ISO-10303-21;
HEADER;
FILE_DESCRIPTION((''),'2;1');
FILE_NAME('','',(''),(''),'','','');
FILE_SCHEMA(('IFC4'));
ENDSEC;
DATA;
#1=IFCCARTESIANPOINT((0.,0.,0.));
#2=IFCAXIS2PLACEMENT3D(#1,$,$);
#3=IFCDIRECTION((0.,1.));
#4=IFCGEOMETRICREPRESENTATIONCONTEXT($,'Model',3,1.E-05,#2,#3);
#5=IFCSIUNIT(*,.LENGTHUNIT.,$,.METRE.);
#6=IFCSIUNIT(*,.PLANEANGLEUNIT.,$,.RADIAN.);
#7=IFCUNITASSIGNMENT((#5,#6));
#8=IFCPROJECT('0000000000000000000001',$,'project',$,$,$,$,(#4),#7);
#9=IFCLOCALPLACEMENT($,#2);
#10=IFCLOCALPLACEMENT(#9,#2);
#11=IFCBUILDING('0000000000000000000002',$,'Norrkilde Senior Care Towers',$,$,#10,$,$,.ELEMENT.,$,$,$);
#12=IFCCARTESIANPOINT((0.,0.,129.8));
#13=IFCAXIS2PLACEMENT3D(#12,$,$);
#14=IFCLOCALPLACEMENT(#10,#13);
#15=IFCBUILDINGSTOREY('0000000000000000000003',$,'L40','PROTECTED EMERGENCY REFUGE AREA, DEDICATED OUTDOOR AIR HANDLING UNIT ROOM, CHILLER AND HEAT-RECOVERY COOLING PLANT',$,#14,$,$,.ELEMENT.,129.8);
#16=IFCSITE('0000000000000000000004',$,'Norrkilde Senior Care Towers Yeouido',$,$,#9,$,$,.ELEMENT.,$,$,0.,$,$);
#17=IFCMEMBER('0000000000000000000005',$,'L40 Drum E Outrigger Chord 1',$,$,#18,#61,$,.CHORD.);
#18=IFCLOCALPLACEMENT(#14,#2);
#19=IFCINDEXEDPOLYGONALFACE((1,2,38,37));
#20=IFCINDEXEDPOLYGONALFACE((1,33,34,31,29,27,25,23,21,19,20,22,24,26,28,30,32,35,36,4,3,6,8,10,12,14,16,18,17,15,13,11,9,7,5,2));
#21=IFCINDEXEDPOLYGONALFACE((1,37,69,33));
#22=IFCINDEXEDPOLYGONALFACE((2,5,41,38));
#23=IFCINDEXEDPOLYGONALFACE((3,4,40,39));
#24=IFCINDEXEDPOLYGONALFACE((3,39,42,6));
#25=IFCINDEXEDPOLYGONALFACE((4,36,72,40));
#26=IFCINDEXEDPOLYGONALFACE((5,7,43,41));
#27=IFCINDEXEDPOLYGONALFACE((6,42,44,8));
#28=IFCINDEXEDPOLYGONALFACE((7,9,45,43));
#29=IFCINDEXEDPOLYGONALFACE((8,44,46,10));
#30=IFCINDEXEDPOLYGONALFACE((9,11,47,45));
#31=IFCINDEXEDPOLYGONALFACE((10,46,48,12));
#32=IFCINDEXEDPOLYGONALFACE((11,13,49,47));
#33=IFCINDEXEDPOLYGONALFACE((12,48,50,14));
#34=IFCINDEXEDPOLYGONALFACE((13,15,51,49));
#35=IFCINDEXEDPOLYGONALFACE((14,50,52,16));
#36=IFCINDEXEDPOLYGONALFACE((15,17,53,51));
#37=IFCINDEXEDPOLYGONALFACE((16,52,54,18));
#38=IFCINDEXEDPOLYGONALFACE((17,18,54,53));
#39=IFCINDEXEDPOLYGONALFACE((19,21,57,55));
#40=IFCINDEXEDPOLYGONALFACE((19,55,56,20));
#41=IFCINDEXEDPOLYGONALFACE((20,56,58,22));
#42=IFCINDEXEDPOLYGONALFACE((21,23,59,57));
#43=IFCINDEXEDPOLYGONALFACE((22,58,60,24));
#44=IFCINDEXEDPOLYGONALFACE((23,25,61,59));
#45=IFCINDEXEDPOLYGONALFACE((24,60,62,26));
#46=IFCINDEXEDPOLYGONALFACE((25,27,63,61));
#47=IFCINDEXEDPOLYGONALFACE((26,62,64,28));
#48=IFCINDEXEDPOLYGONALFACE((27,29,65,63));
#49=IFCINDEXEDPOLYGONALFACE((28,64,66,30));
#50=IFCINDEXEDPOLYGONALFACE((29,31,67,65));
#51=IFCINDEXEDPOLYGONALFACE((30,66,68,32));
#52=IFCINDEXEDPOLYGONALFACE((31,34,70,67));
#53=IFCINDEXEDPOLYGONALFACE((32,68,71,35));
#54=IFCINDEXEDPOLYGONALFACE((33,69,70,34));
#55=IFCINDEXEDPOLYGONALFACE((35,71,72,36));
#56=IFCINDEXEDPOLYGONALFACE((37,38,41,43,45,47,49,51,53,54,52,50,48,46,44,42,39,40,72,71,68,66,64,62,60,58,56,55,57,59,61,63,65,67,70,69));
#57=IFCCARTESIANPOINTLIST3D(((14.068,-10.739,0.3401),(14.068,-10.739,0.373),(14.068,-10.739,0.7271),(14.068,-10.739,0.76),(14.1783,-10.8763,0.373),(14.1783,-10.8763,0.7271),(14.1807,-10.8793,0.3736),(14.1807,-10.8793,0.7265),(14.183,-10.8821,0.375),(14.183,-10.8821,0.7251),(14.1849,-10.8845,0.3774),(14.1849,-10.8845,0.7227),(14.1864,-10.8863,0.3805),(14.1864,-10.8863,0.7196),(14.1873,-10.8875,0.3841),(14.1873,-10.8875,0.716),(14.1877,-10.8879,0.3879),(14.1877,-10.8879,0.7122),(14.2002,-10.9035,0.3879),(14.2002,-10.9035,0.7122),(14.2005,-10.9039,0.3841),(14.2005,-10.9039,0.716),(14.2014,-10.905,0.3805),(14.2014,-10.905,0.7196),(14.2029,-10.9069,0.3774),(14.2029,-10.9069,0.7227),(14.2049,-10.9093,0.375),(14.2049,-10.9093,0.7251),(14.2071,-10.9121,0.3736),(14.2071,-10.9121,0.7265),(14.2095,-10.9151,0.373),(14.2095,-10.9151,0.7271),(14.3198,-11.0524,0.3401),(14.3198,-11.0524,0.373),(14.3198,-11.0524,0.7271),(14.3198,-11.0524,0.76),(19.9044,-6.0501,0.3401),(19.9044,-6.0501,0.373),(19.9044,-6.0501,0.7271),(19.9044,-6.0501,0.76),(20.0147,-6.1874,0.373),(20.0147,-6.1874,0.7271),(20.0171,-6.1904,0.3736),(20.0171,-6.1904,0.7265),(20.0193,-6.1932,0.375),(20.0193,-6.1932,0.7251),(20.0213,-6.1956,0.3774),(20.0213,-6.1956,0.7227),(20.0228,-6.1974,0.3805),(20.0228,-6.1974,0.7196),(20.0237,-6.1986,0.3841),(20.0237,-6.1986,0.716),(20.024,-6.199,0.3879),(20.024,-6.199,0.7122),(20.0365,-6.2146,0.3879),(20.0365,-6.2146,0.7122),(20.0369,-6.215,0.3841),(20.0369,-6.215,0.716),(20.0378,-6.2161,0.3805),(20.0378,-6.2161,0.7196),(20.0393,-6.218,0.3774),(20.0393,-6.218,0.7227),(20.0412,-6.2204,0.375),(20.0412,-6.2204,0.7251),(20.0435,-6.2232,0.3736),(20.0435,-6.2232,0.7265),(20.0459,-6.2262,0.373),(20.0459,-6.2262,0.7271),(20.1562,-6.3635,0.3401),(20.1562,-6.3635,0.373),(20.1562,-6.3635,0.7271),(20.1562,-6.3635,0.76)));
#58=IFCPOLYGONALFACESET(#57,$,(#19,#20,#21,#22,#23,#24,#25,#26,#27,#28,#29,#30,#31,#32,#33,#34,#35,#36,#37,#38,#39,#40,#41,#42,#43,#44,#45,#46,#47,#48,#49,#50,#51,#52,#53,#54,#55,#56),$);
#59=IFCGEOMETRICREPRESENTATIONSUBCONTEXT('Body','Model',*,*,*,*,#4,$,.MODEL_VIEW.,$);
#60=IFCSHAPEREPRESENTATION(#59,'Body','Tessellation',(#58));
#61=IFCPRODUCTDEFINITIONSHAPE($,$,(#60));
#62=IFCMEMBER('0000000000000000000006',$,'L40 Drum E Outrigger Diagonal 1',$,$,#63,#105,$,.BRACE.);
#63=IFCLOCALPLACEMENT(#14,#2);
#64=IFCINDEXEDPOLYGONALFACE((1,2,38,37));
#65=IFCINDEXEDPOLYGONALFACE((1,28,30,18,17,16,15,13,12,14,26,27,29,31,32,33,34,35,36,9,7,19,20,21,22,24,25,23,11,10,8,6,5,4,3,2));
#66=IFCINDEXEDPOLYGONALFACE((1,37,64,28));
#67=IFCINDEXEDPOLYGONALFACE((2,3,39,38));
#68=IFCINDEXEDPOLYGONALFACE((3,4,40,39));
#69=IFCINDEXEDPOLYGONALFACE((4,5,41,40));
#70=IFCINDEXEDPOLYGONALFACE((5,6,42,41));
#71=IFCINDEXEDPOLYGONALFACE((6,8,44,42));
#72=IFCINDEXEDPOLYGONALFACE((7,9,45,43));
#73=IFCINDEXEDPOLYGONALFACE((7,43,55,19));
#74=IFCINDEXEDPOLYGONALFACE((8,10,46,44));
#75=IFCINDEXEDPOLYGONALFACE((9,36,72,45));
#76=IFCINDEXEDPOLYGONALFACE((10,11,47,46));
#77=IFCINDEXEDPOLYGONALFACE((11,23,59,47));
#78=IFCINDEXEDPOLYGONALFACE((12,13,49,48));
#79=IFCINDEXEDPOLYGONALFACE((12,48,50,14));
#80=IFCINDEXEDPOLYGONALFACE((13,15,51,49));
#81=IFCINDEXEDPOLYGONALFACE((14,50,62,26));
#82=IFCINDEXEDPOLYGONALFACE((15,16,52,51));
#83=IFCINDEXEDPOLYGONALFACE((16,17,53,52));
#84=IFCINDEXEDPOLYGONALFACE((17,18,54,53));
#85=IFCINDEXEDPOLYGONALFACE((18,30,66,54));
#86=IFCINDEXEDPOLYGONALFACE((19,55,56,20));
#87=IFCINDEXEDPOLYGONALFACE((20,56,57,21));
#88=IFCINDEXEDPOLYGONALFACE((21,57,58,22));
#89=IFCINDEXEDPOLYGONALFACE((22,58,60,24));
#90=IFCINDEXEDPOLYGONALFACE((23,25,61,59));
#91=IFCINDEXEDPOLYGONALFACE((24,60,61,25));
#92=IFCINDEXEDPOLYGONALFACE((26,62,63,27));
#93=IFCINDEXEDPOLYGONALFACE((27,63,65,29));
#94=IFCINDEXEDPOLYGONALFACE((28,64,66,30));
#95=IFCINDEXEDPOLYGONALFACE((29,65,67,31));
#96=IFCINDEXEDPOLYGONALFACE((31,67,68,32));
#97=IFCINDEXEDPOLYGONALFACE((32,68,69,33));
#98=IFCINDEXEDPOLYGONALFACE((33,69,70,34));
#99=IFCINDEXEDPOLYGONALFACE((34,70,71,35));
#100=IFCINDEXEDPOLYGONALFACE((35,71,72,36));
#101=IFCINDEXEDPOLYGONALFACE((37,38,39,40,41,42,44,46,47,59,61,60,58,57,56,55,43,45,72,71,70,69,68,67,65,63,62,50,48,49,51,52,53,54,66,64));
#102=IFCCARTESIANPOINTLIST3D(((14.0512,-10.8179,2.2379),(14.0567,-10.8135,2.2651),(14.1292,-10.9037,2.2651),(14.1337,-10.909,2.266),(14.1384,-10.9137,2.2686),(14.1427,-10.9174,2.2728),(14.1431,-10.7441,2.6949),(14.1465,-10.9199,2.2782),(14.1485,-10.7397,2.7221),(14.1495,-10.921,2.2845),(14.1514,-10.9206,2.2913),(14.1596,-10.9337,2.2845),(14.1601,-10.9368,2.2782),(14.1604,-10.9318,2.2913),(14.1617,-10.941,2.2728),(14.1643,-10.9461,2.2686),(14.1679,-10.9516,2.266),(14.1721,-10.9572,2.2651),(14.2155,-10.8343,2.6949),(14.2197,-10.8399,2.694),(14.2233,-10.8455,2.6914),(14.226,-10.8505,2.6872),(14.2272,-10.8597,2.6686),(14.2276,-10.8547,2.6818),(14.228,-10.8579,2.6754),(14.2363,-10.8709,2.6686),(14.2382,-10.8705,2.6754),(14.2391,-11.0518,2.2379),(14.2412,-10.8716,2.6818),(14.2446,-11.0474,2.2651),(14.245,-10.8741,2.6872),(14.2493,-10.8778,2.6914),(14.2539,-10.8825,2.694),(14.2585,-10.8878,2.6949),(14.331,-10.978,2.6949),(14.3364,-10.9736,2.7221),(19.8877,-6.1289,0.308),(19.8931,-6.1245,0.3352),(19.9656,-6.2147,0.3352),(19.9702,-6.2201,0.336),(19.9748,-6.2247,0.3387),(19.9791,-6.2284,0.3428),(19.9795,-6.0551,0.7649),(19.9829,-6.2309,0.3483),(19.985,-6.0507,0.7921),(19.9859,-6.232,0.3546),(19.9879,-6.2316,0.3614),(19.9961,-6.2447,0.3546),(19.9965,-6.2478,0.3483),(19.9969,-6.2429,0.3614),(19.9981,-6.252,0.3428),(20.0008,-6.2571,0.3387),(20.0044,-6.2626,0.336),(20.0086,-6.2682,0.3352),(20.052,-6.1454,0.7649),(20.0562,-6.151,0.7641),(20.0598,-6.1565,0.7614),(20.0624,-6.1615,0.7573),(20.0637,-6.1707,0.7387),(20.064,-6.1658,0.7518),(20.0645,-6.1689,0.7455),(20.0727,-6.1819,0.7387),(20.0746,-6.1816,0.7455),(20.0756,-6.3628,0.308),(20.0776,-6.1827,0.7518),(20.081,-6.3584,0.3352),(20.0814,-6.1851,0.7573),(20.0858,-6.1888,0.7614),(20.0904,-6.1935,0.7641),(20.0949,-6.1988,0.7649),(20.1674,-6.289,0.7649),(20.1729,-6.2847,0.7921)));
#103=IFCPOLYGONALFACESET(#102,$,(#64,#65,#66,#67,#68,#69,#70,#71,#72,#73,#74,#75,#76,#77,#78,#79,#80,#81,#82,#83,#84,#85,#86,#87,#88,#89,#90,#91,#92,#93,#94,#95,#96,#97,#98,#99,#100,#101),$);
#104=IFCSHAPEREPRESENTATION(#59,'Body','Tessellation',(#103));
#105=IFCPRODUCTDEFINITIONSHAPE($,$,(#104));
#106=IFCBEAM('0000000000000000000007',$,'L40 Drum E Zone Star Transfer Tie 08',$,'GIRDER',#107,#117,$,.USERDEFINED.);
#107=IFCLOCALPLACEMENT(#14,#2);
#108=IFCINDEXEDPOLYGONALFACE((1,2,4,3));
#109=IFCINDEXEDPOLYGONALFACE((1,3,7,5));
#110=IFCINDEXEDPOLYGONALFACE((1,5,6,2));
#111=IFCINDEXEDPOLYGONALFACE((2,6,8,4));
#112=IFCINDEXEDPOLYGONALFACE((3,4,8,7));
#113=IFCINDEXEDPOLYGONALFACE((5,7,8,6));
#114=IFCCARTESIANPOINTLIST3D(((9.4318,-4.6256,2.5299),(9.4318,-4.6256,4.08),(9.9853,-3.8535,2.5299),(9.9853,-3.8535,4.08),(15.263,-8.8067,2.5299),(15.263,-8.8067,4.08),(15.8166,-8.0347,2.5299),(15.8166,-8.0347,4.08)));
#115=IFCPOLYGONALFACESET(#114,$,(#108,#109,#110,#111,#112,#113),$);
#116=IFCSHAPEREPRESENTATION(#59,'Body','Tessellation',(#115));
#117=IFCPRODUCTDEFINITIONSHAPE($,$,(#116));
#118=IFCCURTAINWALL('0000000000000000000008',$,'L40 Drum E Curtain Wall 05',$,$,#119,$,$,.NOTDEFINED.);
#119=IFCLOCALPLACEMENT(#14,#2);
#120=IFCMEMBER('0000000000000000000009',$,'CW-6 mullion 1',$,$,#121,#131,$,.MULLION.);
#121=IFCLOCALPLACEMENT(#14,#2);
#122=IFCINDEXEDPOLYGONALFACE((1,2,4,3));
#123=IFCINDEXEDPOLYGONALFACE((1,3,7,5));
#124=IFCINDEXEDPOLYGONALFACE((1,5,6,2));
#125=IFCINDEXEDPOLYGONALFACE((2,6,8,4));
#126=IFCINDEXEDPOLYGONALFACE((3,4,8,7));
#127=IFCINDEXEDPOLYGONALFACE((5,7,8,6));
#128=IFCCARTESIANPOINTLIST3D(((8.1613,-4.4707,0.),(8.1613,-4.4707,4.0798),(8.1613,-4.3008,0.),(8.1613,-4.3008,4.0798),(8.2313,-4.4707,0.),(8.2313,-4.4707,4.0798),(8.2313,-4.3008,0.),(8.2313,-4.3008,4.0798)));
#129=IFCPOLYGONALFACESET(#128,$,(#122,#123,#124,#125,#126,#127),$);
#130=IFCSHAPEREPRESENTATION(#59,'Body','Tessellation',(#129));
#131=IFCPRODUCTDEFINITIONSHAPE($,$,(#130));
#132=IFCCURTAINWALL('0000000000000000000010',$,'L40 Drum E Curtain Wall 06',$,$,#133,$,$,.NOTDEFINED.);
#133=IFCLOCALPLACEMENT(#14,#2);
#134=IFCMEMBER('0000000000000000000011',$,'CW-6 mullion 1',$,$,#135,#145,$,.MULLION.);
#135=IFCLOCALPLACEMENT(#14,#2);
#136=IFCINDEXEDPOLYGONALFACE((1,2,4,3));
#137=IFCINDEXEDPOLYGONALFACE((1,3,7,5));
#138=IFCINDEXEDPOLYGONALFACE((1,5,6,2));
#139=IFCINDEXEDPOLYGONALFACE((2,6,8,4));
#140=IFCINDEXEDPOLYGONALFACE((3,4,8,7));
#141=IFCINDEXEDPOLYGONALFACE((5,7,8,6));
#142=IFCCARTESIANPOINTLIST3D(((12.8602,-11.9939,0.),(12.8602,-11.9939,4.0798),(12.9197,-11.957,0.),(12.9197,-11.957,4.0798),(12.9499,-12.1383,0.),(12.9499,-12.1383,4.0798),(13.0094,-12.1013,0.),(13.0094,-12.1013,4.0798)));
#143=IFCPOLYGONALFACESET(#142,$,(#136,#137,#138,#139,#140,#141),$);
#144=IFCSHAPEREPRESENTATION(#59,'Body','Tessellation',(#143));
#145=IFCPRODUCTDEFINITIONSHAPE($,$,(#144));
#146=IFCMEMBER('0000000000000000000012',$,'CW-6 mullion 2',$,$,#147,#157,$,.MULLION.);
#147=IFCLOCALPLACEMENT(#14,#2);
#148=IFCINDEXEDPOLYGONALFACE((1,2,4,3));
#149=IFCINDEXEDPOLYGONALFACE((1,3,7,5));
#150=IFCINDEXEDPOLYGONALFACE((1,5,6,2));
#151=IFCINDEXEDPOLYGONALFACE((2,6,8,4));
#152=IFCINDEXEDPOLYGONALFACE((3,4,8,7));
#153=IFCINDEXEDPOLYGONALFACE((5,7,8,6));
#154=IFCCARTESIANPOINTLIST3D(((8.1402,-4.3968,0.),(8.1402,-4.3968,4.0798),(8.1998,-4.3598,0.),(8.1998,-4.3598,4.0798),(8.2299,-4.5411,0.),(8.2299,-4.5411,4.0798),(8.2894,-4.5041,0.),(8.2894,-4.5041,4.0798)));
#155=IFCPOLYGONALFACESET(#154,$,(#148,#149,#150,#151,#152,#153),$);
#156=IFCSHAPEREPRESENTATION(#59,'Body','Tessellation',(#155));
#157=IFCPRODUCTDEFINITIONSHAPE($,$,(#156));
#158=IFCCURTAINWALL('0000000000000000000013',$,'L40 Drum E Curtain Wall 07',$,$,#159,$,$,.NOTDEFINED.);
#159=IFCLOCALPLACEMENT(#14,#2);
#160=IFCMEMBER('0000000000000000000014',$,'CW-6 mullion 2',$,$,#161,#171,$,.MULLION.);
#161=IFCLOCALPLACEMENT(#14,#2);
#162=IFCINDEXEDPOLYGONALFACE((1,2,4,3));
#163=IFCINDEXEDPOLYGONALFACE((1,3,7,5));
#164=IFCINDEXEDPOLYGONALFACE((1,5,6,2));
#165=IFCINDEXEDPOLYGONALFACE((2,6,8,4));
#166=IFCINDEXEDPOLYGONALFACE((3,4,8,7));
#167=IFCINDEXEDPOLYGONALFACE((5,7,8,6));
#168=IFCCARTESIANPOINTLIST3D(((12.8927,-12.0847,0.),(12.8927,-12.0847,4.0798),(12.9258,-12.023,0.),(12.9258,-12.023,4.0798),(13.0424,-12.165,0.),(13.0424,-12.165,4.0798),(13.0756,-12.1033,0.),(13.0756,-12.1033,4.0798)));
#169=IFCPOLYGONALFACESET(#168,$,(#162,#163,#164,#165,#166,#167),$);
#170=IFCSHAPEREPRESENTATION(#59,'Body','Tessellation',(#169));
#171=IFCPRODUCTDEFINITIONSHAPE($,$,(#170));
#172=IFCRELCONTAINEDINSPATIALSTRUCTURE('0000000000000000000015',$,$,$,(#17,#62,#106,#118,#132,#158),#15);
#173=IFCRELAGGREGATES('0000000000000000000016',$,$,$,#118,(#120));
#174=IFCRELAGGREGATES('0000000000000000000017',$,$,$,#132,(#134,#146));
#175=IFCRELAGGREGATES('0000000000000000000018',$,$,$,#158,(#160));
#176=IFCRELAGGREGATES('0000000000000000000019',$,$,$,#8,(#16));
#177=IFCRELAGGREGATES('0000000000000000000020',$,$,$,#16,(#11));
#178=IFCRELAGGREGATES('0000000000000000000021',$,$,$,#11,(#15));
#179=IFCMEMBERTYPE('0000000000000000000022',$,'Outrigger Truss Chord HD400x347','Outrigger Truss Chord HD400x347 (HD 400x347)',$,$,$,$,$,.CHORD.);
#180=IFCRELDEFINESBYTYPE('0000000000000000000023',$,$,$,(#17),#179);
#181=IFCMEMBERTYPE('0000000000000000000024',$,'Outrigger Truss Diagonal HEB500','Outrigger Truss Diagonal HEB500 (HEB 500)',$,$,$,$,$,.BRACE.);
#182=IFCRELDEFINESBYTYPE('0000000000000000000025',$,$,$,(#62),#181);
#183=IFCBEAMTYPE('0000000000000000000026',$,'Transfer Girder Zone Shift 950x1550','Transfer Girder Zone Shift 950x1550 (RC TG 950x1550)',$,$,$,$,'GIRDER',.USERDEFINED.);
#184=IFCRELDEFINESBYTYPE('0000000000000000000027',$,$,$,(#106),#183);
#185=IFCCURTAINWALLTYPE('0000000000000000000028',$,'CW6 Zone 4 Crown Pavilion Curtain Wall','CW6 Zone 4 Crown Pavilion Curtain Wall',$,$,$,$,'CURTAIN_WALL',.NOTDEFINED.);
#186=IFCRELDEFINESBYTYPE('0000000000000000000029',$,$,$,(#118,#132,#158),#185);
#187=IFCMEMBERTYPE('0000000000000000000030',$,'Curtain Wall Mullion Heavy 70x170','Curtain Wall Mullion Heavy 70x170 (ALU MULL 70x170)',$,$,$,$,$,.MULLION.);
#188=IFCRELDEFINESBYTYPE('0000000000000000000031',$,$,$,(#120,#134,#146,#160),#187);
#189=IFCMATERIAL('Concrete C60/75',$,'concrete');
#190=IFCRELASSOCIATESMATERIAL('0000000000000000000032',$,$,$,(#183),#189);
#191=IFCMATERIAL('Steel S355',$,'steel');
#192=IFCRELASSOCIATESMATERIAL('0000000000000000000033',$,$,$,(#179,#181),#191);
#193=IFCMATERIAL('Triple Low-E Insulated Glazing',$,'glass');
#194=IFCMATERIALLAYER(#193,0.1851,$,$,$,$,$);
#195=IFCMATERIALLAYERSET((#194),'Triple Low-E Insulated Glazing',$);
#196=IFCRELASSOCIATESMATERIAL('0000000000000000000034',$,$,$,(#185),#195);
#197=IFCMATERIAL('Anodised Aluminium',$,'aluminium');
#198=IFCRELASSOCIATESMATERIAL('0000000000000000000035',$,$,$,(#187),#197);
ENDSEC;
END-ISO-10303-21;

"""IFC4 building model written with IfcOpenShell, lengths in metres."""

from ifc_helpers import new_model, si_unit, direction, frame, origin, origin_2d, place, context, subcontext, project, spatial, rectangle, i_section, extrude, source, transform, mapped, material, layer, layer_set, material_profile, profile_set, type_object, type_shapes, element, aggregate, save


model = new_model("IFC4")

# Units and contexts
model_context = context("Model", 3, precision=1e-05, world=origin(), true_north=direction((0.0, 1.0)))
body_context = subcontext(model_context, "Body", "Model", "MODEL_VIEW")
ifc_project = project(units=[si_unit("LENGTHUNIT", "METRE"), si_unit("PLANEANGLEUNIT", "RADIAN")], contexts=[model_context])

# Site, building, storey
site_placement = place(None, origin())
site = spatial("IfcSite", under=ifc_project, at=site_placement, Name="Norrkilde Senior Care Towers Yeouido", CompositionType="ELEMENT", RefElevation=0.0)
building_placement = place(site_placement, origin())
building = spatial("IfcBuilding", under=site, at=building_placement, Name="Norrkilde Senior Care Towers", CompositionType="ELEMENT")
storey_placement = place(building_placement, frame((0.0, 0.0, 129.8)))
storey = spatial("IfcBuildingStorey", under=building, at=storey_placement, Name="L40", Description="PROTECTED EMERGENCY REFUGE AREA, DEDICATED OUTDOOR AIR HANDLING UNIT ROOM, CHILLER AND HEAT-RECOVERY COOLING PLANT", CompositionType="ELEMENT", Elevation=129.8)

# Shared definitions
ifc_material_1 = material(Name="Concrete C60/75", Category="concrete")

# Shared definitions
ifc_material_profile_1 = material_profile(ifc_material_1, rectangle(XDim=0.95, YDim=1.55, at=origin_2d()), Name="RC TG 950x1550")
ifc_profile_set_1 = profile_set([ifc_material_profile_1], Name="Concrete C60/75")
beam_type = type_object("IfcBeamType", Name="Transfer Girder Zone Shift 950x1550", Description="Transfer Girder Zone Shift 950x1550 (RC TG 950x1550)", ElementType="GIRDER", PredefinedType="USERDEFINED", material=ifc_profile_set_1)

# Members
ifc_material_2 = material(Name="Steel S355", Category="steel")
ifc_material_profile_2 = material_profile(ifc_material_2, i_section(OverallWidth=0.4021, OverallDepth=0.4199, WebThickness=0.02, FlangeThickness=0.033, FilletRadius=0.0149, at=origin_2d()), Name="HD 400x347")
ifc_profile_set_2 = profile_set([ifc_material_profile_2], Name="Steel S355")
member_type_1 = type_object("IfcMemberType", Name="Outrigger Truss Chord HD400x347", Description="Outrigger Truss Chord HD400x347 (HD 400x347)", PredefinedType="CHORD", material=ifc_profile_set_2)
shared_shape_1 = source(origin(), body_context, "Body", "SweptSolid", [
    extrude(i_section(OverallWidth=0.4021, OverallDepth=0.4199, WebThickness=0.02, FlangeThickness=0.033, FilletRadius=0.0149, at=origin_2d()), origin(), (0.0, 0.0, 1.0), 7.4866),
])
type_shapes(member_type_1, [shared_shape_1])
member_1_placement = place(storey_placement, frame((20.0303, -6.2068, 0.55), z_axis=(-0.779575, -0.626308, 0.0), x_axis=(0.626308, -0.779575, 0.0)))
element("IfcMember", 1, at=member_1_placement, inside=storey, type_object=member_type_1, Name="L40 Drum E Outrigger Chord 1", PredefinedType="CHORD", context=body_context, shape_type="MappedRepresentation", body=[
    mapped(shared_shape_1, transform((0.0, 0.0, 0.0), x_axis=(1.0, 0.0, 0.0), y_axis=(0.0, 1.0, 0.0), z_axis=(0.0, 0.0, 1.0), scale=1.0)),
])
ifc_material_profile_3 = material_profile(ifc_material_2, i_section(OverallWidth=0.3, OverallDepth=0.5, WebThickness=0.0144, FlangeThickness=0.0281, FilletRadius=0.0271, at=origin_2d()), Name="HEB 500")
ifc_profile_set_3 = profile_set([ifc_material_profile_3], Name="Steel S355")
member_type_2 = type_object("IfcMemberType", Name="Outrigger Truss Diagonal HEB500", Description="Outrigger Truss Diagonal HEB500 (HEB 500)", PredefinedType="BRACE", material=ifc_profile_set_3)
shared_shape_2 = source(origin(), body_context, "Body", "SweptSolid", [
    extrude(i_section(OverallWidth=0.3, OverallDepth=0.5, WebThickness=0.0144, FlangeThickness=0.0281, FilletRadius=0.0271, at=origin_2d()), origin(), (0.0, 0.0, 1.0), 7.7314),
])
type_shapes(member_type_2, [shared_shape_2])
member_2_placement = place(storey_placement, frame((20.0303, -6.2068, 0.55), z_axis=(-0.754897, -0.606482, 0.249622), x_axis=(0.626308, -0.779575, 0.0)))
element("IfcMember", 2, at=member_2_placement, inside=storey, type_object=member_type_2, Name="L40 Drum E Outrigger Diagonal 1", PredefinedType="BRACE", context=body_context, shape_type="MappedRepresentation", body=[
    mapped(shared_shape_2, transform((0.0, 0.0, 0.0), x_axis=(1.0, 0.0, 0.0), y_axis=(0.0, 1.0, 0.0), z_axis=(0.0, 0.0, 1.0), scale=1.0)),
])

# Beam
shared_shape_3 = source(origin(), body_context, "Body", "SweptSolid", [
    extrude(rectangle(XDim=0.95, YDim=1.55, at=origin_2d()), origin(), (0.0, 0.0, 1.0), 7.1753),
])
beam_1_placement = place(storey_placement, frame((15.5398, -8.4207, 3.3049), z_axis=(-0.812682, 0.582708, 0.0), x_axis=(-0.582708, -0.812682, 0.0)))
element("IfcBeam", 3, at=beam_1_placement, inside=storey, type_object=beam_type, Name="L40 Drum E Zone Star Transfer Tie 08", ObjectType="GIRDER", PredefinedType="USERDEFINED", context=body_context, shape_type="MappedRepresentation", body=[
    mapped(shared_shape_3, transform((0.0, 0.0, 0.0), x_axis=(1.0, 0.0, 0.0), y_axis=(0.0, 1.0, 0.0), z_axis=(0.0, 0.0, 1.0), scale=1.0)),
])

# Curtain wall, member
ifc_material_3 = material(Name="Triple Low-E Insulated Glazing", Category="glass")
ifc_layer_1 = layer(ifc_material_3, 0.1851)
ifc_layer_set_1 = layer_set([ifc_layer_1], Name="Triple Low-E Insulated Glazing")
curtain_wall_type = type_object("IfcCurtainWallType", Name="CW6 Zone 4 Crown Pavilion Curtain Wall", Description="CW6 Zone 4 Crown Pavilion Curtain Wall", ElementType="CURTAIN_WALL", PredefinedType="NOTDEFINED", material=ifc_layer_set_1)
curtain_wall_1_placement = place(storey_placement, origin())
curtain_wall_1 = element("IfcCurtainWall", 4, at=curtain_wall_1_placement, inside=storey, type_object=curtain_wall_type, Name="L40 Drum E Curtain Wall 05", PredefinedType="NOTDEFINED")
ifc_material_4 = material(Name="Anodised Aluminium", Category="aluminium")
ifc_material_profile_4 = material_profile(ifc_material_4, rectangle(XDim=0.0701, YDim=0.1699, at=origin_2d()), Name="ALU MULL 70x170")
ifc_profile_set_4 = profile_set([ifc_material_profile_4], Name="Anodised Aluminium")
member_type_3 = type_object("IfcMemberType", Name="Curtain Wall Mullion Heavy 70x170", Description="Curtain Wall Mullion Heavy 70x170 (ALU MULL 70x170)", PredefinedType="MULLION", material=ifc_profile_set_4)
shared_shape_4 = source(origin(), body_context, "Body", "SweptSolid", [
    extrude(rectangle(XDim=0.0701, YDim=0.1699, at=origin_2d()), origin(), (0.0, 0.0, 1.0), 4.0798),
])
type_shapes(member_type_3, [shared_shape_4])
member_3_placement = place(storey_placement, frame((8.1963, -4.3857, 0.0), z_axis=(0.0, 0.0, 1.0), x_axis=(-1.0, 0.0, 0.0)))
member_3 = element("IfcMember", 5, at=member_3_placement, type_object=member_type_3, Name="CW-6 mullion 1", PredefinedType="MULLION", context=body_context, shape_type="MappedRepresentation", body=[
    mapped(shared_shape_4, transform((0.0, 0.0, 0.0), x_axis=(1.0, 0.0, 0.0), y_axis=(0.0, 1.0, 0.0), z_axis=(0.0, 0.0, 1.0), scale=1.0)),
])

# Curtain wall, members
curtain_wall_2_placement = place(storey_placement, origin())
curtain_wall_2 = element("IfcCurtainWall", 6, at=curtain_wall_2_placement, inside=storey, type_object=curtain_wall_type, Name="L40 Drum E Curtain Wall 06", PredefinedType="NOTDEFINED")
member_4_placement = place(storey_placement, frame((12.9348, -12.0476, 0.0), z_axis=(0.0, 0.0, 1.0), x_axis=(-0.84941, -0.527733, 0.0)))
member_4 = element("IfcMember", 7, at=member_4_placement, type_object=member_type_3, Name="CW-6 mullion 1", PredefinedType="MULLION", context=body_context, shape_type="MappedRepresentation", body=[
    mapped(shared_shape_4, transform((0.0, 0.0, 0.0), x_axis=(1.0, 0.0, 0.0), y_axis=(0.0, 1.0, 0.0), z_axis=(0.0, 0.0, 1.0), scale=1.0)),
])
member_5_placement = place(storey_placement, frame((8.2148, -4.4504, 0.0), z_axis=(0.0, 0.0, 1.0), x_axis=(-0.84941, -0.527733, 0.0)))
member_5 = element("IfcMember", 8, at=member_5_placement, type_object=member_type_3, Name="CW-6 mullion 2", PredefinedType="MULLION", context=body_context, shape_type="MappedRepresentation", body=[
    mapped(shared_shape_4, transform((0.0, 0.0, 0.0), x_axis=(1.0, 0.0, 0.0), y_axis=(0.0, 1.0, 0.0), z_axis=(0.0, 0.0, 1.0), scale=1.0)),
])

# Curtain wall, member
curtain_wall_3_placement = place(storey_placement, origin())
curtain_wall_3 = element("IfcCurtainWall", 9, at=curtain_wall_3_placement, inside=storey, type_object=curtain_wall_type, Name="L40 Drum E Curtain Wall 07", PredefinedType="NOTDEFINED")
member_6_placement = place(storey_placement, frame((12.9841, -12.094, 0.0), z_axis=(0.0, 0.0, 1.0), x_axis=(-0.472769, -0.881186, 0.0)))
member_6 = element("IfcMember", 10, at=member_6_placement, type_object=member_type_3, Name="CW-6 mullion 2", PredefinedType="MULLION", context=body_context, shape_type="MappedRepresentation", body=[
    mapped(shared_shape_4, transform((0.0, 0.0, 0.0), x_axis=(1.0, 0.0, 0.0), y_axis=(0.0, 1.0, 0.0), z_axis=(0.0, 0.0, 1.0), scale=1.0)),
])

aggregate(curtain_wall_1, [member_3])

aggregate(curtain_wall_2, [member_4, member_5])
aggregate(curtain_wall_3, [member_6])

save(model, "model.ifc")
